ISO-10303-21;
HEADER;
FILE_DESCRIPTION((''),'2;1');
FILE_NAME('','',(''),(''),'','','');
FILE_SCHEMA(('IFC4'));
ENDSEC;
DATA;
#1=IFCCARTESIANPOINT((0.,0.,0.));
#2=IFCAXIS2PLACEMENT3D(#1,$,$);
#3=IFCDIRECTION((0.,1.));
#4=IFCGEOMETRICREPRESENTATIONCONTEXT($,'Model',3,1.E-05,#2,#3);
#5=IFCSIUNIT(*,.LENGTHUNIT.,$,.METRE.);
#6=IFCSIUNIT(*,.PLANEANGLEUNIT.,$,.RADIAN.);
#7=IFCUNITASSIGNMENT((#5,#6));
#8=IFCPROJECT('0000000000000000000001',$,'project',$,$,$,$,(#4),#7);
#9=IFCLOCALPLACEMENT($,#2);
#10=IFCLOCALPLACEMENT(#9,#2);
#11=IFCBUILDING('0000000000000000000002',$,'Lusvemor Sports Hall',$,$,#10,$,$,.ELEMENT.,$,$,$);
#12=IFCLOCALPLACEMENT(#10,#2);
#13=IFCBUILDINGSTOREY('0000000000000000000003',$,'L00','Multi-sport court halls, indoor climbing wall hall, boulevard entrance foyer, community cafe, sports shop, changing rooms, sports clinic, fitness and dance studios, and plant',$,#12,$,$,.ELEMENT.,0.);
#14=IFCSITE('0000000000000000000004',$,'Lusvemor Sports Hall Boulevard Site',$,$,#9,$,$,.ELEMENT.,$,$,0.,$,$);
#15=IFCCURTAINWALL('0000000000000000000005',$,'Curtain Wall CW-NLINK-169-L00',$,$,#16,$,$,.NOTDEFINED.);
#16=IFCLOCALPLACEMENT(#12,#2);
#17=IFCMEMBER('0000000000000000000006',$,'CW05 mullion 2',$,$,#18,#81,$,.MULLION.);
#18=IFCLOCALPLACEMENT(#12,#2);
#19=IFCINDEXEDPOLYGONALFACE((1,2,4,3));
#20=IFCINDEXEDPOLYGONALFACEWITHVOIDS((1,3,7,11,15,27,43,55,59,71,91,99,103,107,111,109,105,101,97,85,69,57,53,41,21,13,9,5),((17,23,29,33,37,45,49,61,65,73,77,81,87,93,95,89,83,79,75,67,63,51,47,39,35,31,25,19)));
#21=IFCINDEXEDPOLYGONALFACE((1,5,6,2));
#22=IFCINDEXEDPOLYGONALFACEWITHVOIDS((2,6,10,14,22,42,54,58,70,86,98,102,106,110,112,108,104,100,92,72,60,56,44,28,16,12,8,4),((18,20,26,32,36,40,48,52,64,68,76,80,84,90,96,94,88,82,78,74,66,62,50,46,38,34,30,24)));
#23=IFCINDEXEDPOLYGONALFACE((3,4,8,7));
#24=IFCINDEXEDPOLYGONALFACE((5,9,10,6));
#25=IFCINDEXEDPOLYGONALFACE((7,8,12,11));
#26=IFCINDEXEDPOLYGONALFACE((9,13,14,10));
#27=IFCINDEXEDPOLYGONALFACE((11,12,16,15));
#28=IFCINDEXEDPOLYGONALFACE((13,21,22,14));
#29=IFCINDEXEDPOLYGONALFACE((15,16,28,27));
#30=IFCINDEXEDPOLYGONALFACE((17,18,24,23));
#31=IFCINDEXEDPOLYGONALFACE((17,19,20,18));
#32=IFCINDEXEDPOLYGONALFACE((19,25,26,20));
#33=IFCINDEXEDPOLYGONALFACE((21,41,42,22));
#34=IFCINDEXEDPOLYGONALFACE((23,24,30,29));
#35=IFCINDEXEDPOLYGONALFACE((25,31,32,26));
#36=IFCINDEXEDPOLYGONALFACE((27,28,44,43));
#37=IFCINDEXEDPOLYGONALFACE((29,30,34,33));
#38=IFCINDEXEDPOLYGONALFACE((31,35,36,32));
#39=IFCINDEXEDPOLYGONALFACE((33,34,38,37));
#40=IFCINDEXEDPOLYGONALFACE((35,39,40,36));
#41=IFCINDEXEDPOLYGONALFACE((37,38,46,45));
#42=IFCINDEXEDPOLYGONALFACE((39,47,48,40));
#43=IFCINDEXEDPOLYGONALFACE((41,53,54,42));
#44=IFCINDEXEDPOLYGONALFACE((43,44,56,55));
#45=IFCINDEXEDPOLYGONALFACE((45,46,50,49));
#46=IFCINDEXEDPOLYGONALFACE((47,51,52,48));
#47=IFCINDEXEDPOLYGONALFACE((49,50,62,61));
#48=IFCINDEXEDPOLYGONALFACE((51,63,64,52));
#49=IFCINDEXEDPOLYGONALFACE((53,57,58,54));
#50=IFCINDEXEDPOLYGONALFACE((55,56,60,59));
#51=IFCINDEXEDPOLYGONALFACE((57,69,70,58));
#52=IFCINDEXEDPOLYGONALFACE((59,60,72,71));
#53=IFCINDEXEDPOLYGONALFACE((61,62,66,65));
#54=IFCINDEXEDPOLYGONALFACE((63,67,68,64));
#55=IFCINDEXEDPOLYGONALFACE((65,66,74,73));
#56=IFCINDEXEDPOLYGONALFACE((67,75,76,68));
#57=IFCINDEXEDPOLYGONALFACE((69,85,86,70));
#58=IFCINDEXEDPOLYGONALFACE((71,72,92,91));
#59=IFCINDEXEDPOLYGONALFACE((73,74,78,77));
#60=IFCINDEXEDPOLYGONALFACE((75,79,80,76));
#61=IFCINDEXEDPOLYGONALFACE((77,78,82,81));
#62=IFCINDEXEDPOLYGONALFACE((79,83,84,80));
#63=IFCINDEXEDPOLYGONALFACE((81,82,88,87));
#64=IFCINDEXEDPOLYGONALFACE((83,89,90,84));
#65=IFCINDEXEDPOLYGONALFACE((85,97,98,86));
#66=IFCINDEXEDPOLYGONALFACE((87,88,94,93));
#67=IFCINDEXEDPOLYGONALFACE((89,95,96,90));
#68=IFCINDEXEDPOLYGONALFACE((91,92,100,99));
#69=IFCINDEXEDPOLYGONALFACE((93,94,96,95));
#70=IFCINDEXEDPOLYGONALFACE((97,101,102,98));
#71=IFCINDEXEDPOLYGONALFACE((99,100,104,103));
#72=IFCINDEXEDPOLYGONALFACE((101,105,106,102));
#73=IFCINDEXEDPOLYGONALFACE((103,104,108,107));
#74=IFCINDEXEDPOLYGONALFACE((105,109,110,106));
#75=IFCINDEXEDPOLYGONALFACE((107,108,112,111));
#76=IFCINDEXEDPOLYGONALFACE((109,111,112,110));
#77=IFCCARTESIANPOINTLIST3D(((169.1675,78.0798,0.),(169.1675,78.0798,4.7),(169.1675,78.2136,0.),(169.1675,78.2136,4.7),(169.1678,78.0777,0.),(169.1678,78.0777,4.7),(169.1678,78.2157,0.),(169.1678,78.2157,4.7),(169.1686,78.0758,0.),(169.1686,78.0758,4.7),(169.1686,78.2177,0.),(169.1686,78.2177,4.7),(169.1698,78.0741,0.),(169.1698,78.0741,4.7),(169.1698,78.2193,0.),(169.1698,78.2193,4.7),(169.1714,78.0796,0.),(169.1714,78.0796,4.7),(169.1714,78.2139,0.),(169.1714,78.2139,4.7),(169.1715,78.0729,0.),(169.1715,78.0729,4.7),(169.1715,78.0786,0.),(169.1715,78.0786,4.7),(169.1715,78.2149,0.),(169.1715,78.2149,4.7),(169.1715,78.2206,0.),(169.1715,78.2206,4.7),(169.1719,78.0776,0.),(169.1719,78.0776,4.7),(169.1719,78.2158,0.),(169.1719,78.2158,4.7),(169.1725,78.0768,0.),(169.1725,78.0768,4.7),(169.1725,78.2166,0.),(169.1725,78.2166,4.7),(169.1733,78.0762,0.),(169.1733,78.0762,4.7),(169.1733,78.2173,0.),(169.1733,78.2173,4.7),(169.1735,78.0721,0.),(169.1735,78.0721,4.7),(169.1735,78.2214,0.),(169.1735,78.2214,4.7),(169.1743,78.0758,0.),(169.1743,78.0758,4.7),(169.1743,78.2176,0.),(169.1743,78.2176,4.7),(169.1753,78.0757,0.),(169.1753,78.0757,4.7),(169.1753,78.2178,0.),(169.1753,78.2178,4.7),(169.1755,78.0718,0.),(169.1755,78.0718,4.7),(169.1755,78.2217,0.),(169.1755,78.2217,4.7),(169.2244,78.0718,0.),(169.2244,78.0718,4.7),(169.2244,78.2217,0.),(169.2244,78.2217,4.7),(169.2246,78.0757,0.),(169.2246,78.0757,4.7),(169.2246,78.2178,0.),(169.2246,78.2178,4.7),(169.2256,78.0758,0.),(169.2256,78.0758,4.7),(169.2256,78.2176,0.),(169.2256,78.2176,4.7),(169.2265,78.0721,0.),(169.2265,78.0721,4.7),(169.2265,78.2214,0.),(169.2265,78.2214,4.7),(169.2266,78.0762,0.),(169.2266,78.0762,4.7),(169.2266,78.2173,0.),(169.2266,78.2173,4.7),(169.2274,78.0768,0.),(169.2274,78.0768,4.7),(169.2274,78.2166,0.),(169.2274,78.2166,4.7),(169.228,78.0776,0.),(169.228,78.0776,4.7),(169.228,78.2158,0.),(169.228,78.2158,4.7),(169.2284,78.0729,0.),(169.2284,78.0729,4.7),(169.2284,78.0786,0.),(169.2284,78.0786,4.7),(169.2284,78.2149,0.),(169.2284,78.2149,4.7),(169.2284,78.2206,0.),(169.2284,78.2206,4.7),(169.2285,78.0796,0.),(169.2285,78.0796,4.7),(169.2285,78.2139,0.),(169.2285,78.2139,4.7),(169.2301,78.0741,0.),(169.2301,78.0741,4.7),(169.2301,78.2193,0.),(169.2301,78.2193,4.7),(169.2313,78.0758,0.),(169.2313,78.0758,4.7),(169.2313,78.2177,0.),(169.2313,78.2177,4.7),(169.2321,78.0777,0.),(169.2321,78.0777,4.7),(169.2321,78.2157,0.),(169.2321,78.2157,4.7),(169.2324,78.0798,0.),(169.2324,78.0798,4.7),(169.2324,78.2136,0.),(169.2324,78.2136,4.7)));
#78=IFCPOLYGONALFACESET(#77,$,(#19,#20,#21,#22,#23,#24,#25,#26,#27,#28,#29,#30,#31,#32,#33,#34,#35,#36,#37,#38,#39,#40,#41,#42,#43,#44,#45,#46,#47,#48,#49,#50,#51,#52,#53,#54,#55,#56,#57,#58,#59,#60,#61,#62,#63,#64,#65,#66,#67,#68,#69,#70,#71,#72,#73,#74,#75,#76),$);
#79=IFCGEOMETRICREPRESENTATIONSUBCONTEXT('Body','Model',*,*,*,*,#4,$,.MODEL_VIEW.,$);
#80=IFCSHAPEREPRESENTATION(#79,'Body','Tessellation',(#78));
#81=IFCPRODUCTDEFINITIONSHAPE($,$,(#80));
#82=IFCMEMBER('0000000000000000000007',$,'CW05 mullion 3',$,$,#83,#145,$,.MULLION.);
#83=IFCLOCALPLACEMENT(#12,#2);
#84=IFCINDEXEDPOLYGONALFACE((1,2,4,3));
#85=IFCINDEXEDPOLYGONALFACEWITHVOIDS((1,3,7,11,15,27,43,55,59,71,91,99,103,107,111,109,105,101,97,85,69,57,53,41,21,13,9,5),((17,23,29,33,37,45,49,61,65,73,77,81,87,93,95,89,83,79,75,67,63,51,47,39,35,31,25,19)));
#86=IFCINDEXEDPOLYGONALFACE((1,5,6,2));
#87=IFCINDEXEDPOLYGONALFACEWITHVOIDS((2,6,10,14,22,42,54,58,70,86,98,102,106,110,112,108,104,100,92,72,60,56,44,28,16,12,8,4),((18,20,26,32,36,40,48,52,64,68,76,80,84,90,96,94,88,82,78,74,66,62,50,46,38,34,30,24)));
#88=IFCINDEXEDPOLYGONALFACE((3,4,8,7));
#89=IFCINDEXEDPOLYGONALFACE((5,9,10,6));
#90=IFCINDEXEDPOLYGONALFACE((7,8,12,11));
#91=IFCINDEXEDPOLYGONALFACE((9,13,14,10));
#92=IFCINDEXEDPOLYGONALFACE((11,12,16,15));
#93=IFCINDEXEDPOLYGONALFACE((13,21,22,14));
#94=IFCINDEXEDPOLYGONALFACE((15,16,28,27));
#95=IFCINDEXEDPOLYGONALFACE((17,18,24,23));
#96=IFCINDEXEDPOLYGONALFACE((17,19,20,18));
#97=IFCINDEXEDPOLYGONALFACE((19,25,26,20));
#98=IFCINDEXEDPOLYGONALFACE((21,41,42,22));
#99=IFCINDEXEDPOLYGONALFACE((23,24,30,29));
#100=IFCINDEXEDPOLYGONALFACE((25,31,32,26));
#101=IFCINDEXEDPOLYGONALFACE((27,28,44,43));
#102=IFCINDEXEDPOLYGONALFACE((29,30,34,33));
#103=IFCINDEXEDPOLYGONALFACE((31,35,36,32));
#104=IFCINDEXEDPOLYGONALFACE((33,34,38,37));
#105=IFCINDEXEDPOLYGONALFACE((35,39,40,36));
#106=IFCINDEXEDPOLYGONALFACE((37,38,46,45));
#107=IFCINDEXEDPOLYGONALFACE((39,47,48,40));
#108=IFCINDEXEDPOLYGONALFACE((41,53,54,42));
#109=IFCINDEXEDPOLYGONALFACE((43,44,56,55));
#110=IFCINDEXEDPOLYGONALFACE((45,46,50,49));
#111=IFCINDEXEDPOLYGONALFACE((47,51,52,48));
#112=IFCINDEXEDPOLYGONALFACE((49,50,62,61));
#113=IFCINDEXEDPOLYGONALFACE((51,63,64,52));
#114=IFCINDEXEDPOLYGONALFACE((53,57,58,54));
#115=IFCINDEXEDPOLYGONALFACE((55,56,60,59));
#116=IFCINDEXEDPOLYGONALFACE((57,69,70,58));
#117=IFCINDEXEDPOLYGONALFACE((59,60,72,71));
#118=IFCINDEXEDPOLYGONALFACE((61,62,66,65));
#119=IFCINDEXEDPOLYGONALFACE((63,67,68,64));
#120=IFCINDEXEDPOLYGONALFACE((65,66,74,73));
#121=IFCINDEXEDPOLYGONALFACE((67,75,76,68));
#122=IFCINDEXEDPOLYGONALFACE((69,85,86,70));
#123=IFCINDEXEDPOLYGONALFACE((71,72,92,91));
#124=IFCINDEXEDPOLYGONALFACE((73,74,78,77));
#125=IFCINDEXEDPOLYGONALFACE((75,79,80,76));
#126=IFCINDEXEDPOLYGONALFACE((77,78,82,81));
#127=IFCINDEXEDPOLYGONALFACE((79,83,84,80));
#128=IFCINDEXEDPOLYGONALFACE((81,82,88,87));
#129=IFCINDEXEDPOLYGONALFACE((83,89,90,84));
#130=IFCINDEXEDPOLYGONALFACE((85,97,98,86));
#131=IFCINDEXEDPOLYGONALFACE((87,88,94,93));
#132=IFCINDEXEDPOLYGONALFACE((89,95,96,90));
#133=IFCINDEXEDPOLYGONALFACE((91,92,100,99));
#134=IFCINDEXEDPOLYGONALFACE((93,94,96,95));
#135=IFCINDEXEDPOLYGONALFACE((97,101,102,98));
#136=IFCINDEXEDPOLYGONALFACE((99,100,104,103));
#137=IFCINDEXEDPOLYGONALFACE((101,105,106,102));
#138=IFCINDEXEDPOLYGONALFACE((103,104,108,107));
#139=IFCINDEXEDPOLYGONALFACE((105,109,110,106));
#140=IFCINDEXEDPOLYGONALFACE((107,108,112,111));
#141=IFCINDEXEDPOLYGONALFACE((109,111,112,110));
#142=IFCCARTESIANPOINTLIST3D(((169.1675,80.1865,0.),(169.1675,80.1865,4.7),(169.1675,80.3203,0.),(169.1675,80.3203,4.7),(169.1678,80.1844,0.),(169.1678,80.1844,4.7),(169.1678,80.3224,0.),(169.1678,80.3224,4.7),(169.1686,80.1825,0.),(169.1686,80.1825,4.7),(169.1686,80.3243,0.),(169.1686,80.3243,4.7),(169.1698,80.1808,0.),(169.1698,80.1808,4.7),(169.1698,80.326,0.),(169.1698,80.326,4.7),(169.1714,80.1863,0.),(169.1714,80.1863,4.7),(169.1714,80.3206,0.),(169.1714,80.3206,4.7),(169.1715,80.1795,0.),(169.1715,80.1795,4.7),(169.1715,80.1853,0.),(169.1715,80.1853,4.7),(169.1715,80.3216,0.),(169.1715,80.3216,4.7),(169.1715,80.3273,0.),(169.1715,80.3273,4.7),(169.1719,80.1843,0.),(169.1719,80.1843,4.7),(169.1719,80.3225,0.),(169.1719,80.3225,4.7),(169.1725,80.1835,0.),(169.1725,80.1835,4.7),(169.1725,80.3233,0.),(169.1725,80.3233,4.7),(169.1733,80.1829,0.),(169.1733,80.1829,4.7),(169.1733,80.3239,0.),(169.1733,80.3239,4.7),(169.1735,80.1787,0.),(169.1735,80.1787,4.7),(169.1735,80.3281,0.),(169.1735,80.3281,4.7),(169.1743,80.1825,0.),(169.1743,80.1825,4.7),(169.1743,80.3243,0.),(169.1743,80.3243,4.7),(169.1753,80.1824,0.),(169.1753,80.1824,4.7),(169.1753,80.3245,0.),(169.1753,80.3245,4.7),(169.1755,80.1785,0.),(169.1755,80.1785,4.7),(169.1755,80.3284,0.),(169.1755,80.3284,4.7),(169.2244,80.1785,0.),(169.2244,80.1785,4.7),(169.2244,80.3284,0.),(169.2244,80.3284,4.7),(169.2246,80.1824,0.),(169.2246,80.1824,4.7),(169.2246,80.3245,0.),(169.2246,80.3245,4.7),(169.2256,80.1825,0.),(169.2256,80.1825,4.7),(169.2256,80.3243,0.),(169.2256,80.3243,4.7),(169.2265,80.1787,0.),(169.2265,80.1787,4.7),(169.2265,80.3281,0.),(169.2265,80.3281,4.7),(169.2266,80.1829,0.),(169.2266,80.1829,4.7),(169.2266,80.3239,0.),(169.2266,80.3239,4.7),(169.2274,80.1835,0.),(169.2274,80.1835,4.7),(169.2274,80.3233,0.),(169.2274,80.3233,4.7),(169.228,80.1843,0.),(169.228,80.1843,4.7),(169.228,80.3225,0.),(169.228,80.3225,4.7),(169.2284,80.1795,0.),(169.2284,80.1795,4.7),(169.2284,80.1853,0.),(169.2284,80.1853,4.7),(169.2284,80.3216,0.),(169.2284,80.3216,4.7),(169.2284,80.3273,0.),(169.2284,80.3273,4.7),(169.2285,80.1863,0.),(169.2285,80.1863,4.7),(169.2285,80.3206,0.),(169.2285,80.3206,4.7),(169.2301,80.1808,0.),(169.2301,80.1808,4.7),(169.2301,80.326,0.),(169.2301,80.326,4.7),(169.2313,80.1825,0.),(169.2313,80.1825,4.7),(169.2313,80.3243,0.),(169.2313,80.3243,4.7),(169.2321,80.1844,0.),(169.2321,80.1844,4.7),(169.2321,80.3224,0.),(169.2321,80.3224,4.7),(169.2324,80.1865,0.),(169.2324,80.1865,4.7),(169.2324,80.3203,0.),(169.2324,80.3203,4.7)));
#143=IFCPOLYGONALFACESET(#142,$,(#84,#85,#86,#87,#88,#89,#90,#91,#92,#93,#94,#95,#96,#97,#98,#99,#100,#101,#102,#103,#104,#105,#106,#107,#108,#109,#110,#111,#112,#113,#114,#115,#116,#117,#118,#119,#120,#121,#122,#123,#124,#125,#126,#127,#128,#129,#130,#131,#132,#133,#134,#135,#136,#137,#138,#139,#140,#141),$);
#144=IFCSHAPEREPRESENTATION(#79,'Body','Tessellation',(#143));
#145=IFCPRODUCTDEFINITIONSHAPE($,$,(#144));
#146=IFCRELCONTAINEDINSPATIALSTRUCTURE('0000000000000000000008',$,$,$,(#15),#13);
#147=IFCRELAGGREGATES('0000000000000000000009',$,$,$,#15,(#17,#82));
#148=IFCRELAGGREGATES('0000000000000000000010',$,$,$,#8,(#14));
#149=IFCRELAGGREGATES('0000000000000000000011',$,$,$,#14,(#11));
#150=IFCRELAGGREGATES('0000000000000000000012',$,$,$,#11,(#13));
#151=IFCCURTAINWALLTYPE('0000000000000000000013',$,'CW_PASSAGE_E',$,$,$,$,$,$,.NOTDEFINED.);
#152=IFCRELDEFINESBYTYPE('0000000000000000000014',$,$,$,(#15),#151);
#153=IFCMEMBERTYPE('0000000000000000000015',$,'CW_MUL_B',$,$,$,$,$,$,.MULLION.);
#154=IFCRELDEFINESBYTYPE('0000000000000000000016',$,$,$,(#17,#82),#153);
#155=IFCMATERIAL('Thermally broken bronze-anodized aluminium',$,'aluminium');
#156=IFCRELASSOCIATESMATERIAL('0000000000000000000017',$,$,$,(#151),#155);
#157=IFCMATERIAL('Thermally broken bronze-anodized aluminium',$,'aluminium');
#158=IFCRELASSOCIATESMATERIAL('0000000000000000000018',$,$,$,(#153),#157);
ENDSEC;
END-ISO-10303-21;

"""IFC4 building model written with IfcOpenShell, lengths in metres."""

from ifc_helpers import new_model, si_unit, direction, frame, origin, origin_2d, place, context, subcontext, project, spatial, hollow_rectangle, extrude, material, material_profile, profile_set, type_object, element, aggregate, save


model = new_model("IFC4")

# Units and contexts
model_context = context("Model", 3, precision=1e-05, world=origin(), true_north=direction((0.0, 1.0)))
body_context = subcontext(model_context, "Body", "Model", "MODEL_VIEW")
ifc_project = project(units=[si_unit("LENGTHUNIT", "METRE"), si_unit("PLANEANGLEUNIT", "RADIAN")], contexts=[model_context])

# Site, building, storey
site_placement = place(None, origin())
site = spatial("IfcSite", under=ifc_project, at=site_placement, Name="Lusvemor Sports Hall Boulevard Site", CompositionType="ELEMENT", RefElevation=0.0)
building_placement = place(site_placement, origin())
building = spatial("IfcBuilding", under=site, at=building_placement, Name="Lusvemor Sports Hall", CompositionType="ELEMENT")
storey_placement = place(building_placement, origin())
storey = spatial("IfcBuildingStorey", under=building, at=storey_placement, Name="L00", Description="Multi-sport court halls, indoor climbing wall hall, boulevard entrance foyer, community cafe, sports shop, changing rooms, sports clinic, fitness and dance studios, and plant", CompositionType="ELEMENT", Elevation=0.0)

# Curtain wall, members
ifc_material_1 = material(Name="Thermally broken bronze-anodized aluminium", Category="aluminium")
curtain_wall_type = type_object("IfcCurtainWallType", Name="CW_PASSAGE_E", PredefinedType="NOTDEFINED", material=ifc_material_1)
curtain_wall_placement = place(storey_placement, origin())
curtain_wall = element("IfcCurtainWall", 1, at=curtain_wall_placement, inside=storey, type_object=curtain_wall_type, Name="Curtain Wall CW-NLINK-169-L00", PredefinedType="NOTDEFINED")
ifc_material_2 = material(Name="Thermally broken bronze-anodized aluminium", Category="aluminium")
ifc_material_profile_1 = material_profile(ifc_material_2, hollow_rectangle(XDim=0.0649, YDim=0.1499, WallThickness=0.0039, InnerFilletRadius=0.0039, OuterFilletRadius=0.0081, at=origin_2d()), Name="CWMUL150x65x4")
ifc_profile_set_1 = profile_set([ifc_material_profile_1], Name="Thermally broken bronze-anodized aluminium")
member_type_1 = type_object("IfcMemberType", Name="CW_MUL_B", PredefinedType="MULLION", material=ifc_profile_set_1)
member_1_placement = place(storey_placement, frame((169.2, 78.1467, 0.0), z_axis=(0.0, 0.0, 1.0), x_axis=(-1.0, 0.0, 0.0)))
member_1 = element("IfcMember", 2, at=member_1_placement, type_object=member_type_1, Name="CW05 mullion 2", PredefinedType="MULLION", context=body_context, shape_type="SweptSolid", body=[
    extrude(hollow_rectangle(XDim=0.0649, YDim=0.1499, WallThickness=0.0039, InnerFilletRadius=0.0039, OuterFilletRadius=0.0081, at=origin_2d()), origin(), (0.0, 0.0, 1.0), 4.7),
])
member_2_placement = place(storey_placement, frame((169.2, 80.2534, 0.0), z_axis=(0.0, 0.0, 1.0), x_axis=(-1.0, 0.0, 0.0)))
member_2 = element("IfcMember", 3, at=member_2_placement, type_object=member_type_1, Name="CW05 mullion 3", PredefinedType="MULLION", context=body_context, shape_type="SweptSolid", body=[
    extrude(hollow_rectangle(XDim=0.0649, YDim=0.1499, WallThickness=0.0039, InnerFilletRadius=0.0039, OuterFilletRadius=0.0081, at=origin_2d()), origin(), (0.0, 0.0, 1.0), 4.7),
])
aggregate(curtain_wall, [member_1, member_2])

save(model, "model.ifc")
